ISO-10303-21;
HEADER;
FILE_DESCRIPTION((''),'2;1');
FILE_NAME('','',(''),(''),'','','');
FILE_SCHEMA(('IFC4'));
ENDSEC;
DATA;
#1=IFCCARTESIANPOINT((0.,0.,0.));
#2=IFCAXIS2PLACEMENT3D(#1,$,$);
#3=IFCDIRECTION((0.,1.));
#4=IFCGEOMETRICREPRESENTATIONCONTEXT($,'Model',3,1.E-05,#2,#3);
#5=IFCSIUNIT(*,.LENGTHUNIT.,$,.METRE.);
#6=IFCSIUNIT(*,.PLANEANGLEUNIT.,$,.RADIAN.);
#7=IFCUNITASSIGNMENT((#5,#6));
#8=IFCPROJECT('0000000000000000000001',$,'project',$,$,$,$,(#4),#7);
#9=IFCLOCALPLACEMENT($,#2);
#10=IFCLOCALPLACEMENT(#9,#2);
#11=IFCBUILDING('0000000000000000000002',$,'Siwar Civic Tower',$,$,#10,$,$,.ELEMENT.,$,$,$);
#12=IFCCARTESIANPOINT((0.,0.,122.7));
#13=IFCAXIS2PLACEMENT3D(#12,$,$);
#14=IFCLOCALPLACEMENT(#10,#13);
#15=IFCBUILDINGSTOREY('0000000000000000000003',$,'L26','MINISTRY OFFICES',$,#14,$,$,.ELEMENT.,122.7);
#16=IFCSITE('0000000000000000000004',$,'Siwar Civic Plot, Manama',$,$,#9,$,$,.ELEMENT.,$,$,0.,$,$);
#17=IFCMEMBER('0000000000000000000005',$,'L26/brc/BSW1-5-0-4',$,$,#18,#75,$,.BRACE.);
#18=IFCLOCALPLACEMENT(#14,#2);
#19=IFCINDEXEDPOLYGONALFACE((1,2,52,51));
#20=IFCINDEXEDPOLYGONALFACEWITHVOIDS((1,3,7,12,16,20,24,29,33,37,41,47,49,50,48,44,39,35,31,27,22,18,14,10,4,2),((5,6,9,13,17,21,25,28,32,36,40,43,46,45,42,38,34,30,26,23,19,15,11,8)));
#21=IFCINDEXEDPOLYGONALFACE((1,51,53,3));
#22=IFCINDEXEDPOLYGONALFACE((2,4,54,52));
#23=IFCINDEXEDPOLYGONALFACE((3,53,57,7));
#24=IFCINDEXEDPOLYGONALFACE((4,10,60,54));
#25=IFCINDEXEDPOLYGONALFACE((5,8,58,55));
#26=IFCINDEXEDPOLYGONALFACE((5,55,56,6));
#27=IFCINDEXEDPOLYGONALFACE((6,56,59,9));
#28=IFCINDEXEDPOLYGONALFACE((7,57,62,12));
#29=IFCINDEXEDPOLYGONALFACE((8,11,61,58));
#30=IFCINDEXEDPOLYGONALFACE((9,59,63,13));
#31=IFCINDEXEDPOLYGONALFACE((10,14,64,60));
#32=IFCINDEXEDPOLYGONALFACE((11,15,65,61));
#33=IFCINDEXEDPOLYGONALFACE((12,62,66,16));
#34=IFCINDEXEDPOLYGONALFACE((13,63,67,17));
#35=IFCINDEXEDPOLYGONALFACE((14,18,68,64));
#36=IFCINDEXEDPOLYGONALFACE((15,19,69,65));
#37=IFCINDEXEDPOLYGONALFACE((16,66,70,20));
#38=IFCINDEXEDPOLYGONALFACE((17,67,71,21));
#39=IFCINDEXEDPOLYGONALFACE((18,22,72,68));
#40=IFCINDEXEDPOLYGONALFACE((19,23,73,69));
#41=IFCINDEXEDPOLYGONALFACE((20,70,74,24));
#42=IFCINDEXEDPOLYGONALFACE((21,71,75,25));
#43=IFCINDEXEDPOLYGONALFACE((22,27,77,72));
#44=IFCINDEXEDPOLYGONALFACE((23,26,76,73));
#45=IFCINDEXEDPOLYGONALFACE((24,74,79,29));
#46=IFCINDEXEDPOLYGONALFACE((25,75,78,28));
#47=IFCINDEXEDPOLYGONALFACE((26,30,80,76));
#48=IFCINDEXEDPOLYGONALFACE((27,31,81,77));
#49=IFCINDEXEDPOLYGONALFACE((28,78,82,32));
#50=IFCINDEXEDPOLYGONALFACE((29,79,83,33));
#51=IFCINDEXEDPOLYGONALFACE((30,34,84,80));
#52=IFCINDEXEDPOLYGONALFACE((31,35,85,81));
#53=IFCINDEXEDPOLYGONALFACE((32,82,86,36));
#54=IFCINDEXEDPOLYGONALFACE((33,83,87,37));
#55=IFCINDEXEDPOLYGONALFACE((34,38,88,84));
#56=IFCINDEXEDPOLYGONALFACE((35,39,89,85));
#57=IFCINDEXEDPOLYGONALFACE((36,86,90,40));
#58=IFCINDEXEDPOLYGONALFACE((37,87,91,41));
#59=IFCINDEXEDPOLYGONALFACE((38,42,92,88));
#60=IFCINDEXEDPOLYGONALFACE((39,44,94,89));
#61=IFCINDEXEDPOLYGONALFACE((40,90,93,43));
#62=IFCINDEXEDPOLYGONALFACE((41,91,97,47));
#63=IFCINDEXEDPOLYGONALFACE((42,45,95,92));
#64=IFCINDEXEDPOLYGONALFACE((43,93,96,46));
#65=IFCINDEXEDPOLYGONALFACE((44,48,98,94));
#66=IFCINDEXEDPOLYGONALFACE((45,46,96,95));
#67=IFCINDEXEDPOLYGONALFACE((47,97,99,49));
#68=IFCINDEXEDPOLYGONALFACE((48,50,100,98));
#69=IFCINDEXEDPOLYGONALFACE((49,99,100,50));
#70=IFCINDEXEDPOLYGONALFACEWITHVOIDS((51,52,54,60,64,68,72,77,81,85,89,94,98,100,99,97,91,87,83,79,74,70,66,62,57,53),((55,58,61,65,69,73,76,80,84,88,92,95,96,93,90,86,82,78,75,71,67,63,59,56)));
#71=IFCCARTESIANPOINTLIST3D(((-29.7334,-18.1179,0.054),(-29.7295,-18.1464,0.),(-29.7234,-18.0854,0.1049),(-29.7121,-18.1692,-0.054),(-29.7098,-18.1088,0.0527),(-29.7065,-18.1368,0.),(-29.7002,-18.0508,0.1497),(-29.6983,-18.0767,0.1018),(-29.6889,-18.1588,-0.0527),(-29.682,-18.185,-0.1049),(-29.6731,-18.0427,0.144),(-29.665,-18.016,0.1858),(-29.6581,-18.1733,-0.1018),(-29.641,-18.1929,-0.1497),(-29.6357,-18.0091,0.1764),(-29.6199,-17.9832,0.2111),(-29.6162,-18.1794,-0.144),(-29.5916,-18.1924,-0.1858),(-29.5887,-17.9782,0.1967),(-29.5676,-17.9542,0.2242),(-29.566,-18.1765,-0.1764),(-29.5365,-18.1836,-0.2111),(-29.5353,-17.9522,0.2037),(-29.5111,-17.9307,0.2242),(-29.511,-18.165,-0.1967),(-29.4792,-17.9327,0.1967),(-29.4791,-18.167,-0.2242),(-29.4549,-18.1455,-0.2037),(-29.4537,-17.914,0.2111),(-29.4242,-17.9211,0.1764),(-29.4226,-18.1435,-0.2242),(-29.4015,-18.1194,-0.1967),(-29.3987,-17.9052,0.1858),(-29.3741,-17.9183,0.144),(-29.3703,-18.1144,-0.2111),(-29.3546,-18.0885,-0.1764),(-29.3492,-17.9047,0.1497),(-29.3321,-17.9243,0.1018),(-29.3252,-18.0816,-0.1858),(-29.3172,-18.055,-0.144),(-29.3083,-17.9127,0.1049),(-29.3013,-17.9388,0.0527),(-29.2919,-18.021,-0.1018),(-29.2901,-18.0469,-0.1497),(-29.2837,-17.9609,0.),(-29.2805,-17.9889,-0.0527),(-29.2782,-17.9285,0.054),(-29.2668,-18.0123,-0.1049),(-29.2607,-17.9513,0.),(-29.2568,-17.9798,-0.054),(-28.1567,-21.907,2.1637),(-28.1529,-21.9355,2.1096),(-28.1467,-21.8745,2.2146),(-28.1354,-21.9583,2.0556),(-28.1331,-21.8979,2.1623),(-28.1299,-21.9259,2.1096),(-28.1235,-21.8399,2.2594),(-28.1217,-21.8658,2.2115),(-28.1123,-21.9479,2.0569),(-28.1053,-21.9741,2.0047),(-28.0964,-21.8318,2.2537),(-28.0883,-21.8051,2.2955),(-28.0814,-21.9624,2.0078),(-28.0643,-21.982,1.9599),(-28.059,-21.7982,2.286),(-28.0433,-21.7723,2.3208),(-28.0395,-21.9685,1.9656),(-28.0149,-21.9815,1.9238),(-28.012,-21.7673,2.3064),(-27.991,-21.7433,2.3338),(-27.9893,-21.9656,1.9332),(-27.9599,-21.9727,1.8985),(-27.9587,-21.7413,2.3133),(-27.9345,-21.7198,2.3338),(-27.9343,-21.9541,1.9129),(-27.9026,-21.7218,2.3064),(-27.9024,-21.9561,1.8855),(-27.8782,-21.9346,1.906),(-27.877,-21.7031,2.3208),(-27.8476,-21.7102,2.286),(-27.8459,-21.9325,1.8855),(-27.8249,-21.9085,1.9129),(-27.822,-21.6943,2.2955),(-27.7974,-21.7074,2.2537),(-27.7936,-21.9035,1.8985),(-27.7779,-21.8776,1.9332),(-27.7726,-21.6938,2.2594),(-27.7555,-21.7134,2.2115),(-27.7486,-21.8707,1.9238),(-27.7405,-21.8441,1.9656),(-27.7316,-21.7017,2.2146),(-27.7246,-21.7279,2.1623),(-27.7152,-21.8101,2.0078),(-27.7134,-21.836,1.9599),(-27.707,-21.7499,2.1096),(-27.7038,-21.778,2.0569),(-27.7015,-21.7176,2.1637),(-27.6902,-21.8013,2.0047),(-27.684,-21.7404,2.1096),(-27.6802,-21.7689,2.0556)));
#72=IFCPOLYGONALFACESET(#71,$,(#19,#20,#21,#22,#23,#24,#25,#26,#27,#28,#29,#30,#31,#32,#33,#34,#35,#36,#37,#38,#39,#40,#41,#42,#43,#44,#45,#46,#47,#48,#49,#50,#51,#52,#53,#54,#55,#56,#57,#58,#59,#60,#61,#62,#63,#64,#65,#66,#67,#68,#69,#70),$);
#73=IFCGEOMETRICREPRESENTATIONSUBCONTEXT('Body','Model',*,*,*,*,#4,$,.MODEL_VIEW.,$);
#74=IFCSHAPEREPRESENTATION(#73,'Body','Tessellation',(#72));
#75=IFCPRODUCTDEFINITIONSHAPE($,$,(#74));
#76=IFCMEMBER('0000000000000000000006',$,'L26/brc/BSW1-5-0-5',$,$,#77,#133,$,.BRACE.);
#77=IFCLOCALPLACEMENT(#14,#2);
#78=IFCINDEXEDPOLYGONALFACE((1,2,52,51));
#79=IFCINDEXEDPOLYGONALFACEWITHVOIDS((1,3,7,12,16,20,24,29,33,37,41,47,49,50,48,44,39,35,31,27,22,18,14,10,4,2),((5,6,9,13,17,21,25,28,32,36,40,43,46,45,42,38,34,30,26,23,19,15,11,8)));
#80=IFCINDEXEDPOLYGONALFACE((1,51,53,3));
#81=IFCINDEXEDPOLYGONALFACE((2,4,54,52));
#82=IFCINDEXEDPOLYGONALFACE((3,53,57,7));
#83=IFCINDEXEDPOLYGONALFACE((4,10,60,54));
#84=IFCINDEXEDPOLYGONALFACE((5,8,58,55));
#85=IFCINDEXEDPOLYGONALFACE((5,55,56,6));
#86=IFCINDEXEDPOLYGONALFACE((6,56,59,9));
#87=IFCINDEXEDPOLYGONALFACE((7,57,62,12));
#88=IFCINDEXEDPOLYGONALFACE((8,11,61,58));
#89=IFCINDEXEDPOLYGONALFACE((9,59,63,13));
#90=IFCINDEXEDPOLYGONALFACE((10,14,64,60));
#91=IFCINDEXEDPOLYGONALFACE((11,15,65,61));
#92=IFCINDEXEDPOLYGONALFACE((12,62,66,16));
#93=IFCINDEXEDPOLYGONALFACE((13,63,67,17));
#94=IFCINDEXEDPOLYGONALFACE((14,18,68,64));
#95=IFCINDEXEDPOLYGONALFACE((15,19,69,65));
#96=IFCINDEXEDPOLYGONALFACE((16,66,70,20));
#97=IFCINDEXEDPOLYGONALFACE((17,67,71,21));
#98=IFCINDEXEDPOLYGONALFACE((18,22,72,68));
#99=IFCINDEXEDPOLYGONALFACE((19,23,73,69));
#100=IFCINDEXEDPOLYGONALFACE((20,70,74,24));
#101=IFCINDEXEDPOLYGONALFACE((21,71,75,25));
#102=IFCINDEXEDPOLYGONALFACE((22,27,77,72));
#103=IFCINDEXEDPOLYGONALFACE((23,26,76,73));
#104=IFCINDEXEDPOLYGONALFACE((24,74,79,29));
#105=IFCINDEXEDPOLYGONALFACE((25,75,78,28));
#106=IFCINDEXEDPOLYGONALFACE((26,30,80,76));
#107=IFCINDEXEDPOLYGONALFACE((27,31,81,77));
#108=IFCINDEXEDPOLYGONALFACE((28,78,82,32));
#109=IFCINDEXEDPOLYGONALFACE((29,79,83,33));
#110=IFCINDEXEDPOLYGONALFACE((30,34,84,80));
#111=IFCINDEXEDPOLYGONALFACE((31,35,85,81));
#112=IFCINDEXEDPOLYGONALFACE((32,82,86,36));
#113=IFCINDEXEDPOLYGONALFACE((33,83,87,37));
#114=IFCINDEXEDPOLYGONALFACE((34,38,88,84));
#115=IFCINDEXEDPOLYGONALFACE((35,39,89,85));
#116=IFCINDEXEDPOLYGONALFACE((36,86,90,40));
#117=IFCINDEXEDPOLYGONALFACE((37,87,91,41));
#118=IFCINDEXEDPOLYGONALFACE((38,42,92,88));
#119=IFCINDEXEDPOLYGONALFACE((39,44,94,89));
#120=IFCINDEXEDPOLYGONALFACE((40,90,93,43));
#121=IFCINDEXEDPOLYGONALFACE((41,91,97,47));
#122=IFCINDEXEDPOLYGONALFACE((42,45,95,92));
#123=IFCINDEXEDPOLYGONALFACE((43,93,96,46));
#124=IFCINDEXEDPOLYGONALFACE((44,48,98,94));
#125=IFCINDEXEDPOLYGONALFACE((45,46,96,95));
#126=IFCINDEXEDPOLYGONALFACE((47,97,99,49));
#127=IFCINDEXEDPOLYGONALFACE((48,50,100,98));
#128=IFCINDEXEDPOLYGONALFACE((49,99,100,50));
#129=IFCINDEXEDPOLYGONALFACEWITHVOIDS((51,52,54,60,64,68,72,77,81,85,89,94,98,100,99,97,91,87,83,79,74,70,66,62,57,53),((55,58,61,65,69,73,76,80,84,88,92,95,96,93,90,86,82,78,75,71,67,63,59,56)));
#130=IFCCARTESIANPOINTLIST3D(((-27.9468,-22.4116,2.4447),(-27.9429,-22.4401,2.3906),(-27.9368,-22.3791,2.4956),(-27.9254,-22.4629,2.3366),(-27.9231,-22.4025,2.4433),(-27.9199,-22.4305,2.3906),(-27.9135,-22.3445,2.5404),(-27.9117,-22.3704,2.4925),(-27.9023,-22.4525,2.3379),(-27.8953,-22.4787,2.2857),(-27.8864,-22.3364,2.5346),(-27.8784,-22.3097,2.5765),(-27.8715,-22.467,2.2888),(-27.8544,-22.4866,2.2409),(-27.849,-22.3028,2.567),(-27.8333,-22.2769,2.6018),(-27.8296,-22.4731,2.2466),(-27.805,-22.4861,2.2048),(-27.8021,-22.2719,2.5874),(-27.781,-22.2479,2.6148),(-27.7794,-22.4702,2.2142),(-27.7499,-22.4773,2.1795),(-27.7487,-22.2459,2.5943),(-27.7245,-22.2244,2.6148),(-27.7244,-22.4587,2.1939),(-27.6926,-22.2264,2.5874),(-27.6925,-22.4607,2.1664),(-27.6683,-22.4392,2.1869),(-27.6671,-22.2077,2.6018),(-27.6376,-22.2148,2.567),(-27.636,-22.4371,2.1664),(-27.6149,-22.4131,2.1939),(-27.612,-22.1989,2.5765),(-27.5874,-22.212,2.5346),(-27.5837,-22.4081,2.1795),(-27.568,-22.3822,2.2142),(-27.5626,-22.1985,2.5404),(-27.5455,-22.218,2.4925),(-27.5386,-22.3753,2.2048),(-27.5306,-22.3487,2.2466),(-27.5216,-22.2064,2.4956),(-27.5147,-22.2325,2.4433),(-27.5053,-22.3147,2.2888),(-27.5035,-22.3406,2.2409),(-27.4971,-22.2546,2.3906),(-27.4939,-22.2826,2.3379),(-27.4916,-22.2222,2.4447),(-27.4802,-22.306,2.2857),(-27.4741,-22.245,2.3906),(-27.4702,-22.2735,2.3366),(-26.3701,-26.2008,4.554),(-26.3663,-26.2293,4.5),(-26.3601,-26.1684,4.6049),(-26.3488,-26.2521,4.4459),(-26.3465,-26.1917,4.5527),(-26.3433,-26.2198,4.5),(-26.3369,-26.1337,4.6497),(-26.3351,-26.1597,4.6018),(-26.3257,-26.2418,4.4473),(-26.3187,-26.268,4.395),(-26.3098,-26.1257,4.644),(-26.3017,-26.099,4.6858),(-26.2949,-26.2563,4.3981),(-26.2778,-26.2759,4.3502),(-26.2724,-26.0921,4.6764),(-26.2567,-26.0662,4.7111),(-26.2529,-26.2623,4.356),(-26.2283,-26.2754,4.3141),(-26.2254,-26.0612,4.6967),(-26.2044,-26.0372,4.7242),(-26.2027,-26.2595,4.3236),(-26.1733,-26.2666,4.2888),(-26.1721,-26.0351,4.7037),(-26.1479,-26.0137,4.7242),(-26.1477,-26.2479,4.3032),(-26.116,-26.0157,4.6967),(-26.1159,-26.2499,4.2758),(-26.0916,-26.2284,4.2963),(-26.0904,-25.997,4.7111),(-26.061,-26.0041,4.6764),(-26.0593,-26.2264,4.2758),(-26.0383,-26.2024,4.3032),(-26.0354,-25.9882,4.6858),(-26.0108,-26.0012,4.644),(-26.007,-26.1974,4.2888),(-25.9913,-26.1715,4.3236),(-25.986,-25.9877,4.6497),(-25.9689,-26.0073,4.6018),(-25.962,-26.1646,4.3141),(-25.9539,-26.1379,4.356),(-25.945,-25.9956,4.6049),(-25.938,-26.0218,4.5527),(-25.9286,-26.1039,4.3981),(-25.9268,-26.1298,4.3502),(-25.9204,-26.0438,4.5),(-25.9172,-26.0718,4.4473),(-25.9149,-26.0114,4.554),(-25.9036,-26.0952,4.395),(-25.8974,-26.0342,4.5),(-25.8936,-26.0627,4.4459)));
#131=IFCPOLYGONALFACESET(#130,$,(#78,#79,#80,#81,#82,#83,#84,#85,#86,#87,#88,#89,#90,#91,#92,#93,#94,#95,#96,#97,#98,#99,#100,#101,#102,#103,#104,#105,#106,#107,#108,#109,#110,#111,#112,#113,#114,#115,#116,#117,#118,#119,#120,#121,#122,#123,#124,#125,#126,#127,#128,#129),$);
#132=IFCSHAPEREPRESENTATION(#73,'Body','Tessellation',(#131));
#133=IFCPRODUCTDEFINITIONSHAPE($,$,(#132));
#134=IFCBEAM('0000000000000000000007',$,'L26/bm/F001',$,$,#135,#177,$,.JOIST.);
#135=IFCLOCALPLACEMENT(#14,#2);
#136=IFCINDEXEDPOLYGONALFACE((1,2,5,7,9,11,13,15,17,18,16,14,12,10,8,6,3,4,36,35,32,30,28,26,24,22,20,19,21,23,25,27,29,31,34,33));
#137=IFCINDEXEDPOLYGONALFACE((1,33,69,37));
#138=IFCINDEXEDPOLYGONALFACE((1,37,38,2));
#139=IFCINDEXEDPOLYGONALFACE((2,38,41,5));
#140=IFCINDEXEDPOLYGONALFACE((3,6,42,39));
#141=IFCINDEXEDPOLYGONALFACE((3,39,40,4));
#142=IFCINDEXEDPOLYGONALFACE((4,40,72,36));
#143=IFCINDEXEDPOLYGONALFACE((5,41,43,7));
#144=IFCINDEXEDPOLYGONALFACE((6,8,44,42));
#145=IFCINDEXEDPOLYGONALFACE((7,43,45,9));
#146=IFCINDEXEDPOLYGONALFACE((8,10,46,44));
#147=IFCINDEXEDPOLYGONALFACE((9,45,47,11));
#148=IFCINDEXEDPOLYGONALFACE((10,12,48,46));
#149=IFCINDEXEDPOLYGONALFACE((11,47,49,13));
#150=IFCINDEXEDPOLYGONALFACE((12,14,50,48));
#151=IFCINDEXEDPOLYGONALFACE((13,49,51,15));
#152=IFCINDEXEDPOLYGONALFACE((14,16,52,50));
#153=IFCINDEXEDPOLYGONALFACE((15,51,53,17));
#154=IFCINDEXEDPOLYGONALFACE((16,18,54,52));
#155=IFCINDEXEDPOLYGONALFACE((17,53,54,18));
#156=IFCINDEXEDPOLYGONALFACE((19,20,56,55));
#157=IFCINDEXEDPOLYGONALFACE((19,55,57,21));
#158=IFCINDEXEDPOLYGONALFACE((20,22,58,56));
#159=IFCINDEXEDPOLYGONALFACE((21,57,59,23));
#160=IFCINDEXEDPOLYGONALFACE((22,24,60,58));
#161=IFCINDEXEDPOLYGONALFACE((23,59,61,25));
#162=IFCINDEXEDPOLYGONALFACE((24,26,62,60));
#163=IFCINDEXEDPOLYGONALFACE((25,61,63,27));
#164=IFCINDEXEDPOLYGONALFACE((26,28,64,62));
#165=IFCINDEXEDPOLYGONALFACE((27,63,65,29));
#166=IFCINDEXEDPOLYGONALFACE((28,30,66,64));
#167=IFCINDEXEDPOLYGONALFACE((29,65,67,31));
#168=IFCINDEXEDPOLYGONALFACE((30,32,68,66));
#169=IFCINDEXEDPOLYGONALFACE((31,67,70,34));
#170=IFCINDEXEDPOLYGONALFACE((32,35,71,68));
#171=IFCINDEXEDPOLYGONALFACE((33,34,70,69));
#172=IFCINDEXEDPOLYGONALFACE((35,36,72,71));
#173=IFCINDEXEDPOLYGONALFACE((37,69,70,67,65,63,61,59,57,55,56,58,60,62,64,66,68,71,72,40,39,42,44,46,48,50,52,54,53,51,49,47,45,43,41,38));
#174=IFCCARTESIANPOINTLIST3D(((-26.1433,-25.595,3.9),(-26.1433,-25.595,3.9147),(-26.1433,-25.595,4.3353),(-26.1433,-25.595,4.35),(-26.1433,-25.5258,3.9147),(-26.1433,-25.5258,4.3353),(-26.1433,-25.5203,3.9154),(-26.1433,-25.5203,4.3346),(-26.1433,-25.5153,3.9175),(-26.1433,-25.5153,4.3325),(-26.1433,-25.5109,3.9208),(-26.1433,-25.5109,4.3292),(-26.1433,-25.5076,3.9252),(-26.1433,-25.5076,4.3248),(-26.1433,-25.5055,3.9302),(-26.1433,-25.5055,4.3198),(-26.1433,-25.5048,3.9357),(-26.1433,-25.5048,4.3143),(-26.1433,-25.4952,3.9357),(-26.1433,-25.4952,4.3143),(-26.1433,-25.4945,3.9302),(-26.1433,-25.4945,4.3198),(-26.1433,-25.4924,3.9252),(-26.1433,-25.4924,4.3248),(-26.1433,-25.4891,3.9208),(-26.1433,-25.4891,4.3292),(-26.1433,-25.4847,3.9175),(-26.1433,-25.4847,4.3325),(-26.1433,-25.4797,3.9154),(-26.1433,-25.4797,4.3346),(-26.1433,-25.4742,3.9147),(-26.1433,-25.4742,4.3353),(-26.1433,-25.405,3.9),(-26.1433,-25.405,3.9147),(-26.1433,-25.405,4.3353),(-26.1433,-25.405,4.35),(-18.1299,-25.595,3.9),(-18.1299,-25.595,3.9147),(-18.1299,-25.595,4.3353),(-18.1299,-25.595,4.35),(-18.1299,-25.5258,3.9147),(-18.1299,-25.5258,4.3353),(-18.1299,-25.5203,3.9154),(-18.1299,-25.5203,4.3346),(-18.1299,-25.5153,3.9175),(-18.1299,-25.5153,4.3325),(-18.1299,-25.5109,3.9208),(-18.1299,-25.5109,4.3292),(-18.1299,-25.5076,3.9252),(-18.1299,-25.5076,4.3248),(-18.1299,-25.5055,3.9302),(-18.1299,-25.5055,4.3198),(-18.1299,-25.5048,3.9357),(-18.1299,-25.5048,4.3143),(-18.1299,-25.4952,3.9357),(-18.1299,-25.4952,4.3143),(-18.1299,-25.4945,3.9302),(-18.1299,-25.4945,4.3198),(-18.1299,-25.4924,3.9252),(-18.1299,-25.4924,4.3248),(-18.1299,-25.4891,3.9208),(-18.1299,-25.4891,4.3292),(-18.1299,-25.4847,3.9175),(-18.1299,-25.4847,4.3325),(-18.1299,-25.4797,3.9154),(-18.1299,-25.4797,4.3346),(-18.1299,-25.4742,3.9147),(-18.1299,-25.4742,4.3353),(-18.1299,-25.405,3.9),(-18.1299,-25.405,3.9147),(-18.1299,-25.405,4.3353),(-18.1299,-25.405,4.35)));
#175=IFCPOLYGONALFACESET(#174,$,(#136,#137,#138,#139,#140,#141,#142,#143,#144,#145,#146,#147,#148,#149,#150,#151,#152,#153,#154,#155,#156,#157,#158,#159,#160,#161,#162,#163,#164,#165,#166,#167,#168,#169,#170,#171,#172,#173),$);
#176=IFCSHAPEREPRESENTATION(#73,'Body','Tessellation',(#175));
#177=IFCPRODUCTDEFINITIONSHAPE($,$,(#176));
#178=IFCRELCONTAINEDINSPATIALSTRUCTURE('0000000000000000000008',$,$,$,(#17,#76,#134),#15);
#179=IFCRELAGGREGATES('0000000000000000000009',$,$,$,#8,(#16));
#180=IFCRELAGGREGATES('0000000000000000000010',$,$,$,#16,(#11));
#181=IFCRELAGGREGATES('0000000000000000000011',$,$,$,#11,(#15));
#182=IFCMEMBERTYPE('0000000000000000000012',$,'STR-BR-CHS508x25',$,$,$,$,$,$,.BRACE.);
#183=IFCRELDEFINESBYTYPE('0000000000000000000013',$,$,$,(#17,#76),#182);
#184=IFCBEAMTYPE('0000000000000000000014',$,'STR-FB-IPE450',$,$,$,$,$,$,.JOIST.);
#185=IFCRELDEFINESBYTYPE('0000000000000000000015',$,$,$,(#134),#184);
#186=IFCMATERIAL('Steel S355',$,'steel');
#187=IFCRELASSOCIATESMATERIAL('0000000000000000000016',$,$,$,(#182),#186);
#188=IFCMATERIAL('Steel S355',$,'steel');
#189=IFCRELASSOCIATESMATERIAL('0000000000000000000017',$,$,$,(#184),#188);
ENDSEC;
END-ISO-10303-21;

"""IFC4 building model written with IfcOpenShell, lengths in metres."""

from ifc_helpers import new_model, si_unit, direction, frame, origin, origin_2d, place, context, subcontext, project, spatial, hollow_circle, i_section, extrude, material, material_profile, profile_set, type_object, element, save


model = new_model("IFC4")

# Units and contexts
model_context = context("Model", 3, precision=1e-05, world=origin(), true_north=direction((0.0, 1.0)))
body_context = subcontext(model_context, "Body", "Model", "MODEL_VIEW")
ifc_project = project(units=[si_unit("LENGTHUNIT", "METRE"), si_unit("PLANEANGLEUNIT", "RADIAN")], contexts=[model_context])

# Site, building, storey
site_placement = place(None, origin())
site = spatial("IfcSite", under=ifc_project, at=site_placement, Name="Siwar Civic Plot, Manama", CompositionType="ELEMENT", RefElevation=0.0)
building_placement = place(site_placement, origin())
building = spatial("IfcBuilding", under=site, at=building_placement, Name="Siwar Civic Tower", CompositionType="ELEMENT")
storey_placement = place(building_placement, frame((0.0, 0.0, 122.7)))
storey = spatial("IfcBuildingStorey", under=building, at=storey_placement, Name="L26", Description="MINISTRY OFFICES", CompositionType="ELEMENT", Elevation=122.7)

# Members
ifc_material_1 = material(Name="Steel S355", Category="steel")
ifc_material_profile_1 = material_profile(ifc_material_1, hollow_circle(Radius=0.2539, WallThickness=0.0249, at=origin_2d()), Name="CHS508x25")
ifc_profile_set_1 = profile_set([ifc_material_profile_1], Name="Steel S355")
member_type_1 = type_object("IfcMemberType", Name="STR-BR-CHS508x25", PredefinedType="BRACE", material=ifc_profile_set_1)
for number, where, z_axis, x_axis, name in (
    (1, (-29.4951, -18.0488, 0.0), (0.341677, -0.821126, 0.457175), (0.92326, 0.384176, 0.0), "L26/brc/BSW1-5-0-4"),
    (2, (-27.7085, -22.3425, 2.3906), (0.341671, -0.821163, 0.457113), (0.923269, 0.384155, 0.0), "L26/brc/BSW1-5-0-5"),
):
    element("IfcMember", number, at=place(storey_placement, frame(where, z_axis=z_axis, x_axis=x_axis)), inside=storey, type_object=member_type_1, Name=name, PredefinedType="BRACE", context=body_context, shape_type="SweptSolid", body=[
        extrude(hollow_circle(Radius=0.2539, WallThickness=0.0249, at=origin_2d()), origin(), (0.0, 0.0, 1.0), 4.6145),
    ])

# Beam
ifc_material_2 = material(Name="Steel S355", Category="steel")
ifc_material_profile_2 = material_profile(ifc_material_2, i_section(OverallWidth=0.1899, OverallDepth=0.45, WebThickness=0.0095, FlangeThickness=0.0146, FilletRadius=0.021, at=origin_2d()), Name="IPE450")
ifc_profile_set_2 = profile_set([ifc_material_profile_2], Name="Steel S355")
beam_type_1 = type_object("IfcBeamType", Name="STR-FB-IPE450", PredefinedType="JOIST", material=ifc_profile_set_2)
beam_1_placement = place(storey_placement, frame((-26.1433, -25.5, 4.125), z_axis=(1.0, 0.0, 0.0), x_axis=(0.0, 1.0, 0.0)))
element("IfcBeam", 3, at=beam_1_placement, inside=storey, type_object=beam_type_1, Name="L26/bm/F001", PredefinedType="JOIST", context=body_context, shape_type="SweptSolid", body=[
    extrude(i_section(OverallWidth=0.1899, OverallDepth=0.45, WebThickness=0.0095, FlangeThickness=0.0146, FilletRadius=0.021, at=origin_2d()), origin(), (0.0, 0.0, 1.0), 8.0134),
])

save(model, "model.ifc")
